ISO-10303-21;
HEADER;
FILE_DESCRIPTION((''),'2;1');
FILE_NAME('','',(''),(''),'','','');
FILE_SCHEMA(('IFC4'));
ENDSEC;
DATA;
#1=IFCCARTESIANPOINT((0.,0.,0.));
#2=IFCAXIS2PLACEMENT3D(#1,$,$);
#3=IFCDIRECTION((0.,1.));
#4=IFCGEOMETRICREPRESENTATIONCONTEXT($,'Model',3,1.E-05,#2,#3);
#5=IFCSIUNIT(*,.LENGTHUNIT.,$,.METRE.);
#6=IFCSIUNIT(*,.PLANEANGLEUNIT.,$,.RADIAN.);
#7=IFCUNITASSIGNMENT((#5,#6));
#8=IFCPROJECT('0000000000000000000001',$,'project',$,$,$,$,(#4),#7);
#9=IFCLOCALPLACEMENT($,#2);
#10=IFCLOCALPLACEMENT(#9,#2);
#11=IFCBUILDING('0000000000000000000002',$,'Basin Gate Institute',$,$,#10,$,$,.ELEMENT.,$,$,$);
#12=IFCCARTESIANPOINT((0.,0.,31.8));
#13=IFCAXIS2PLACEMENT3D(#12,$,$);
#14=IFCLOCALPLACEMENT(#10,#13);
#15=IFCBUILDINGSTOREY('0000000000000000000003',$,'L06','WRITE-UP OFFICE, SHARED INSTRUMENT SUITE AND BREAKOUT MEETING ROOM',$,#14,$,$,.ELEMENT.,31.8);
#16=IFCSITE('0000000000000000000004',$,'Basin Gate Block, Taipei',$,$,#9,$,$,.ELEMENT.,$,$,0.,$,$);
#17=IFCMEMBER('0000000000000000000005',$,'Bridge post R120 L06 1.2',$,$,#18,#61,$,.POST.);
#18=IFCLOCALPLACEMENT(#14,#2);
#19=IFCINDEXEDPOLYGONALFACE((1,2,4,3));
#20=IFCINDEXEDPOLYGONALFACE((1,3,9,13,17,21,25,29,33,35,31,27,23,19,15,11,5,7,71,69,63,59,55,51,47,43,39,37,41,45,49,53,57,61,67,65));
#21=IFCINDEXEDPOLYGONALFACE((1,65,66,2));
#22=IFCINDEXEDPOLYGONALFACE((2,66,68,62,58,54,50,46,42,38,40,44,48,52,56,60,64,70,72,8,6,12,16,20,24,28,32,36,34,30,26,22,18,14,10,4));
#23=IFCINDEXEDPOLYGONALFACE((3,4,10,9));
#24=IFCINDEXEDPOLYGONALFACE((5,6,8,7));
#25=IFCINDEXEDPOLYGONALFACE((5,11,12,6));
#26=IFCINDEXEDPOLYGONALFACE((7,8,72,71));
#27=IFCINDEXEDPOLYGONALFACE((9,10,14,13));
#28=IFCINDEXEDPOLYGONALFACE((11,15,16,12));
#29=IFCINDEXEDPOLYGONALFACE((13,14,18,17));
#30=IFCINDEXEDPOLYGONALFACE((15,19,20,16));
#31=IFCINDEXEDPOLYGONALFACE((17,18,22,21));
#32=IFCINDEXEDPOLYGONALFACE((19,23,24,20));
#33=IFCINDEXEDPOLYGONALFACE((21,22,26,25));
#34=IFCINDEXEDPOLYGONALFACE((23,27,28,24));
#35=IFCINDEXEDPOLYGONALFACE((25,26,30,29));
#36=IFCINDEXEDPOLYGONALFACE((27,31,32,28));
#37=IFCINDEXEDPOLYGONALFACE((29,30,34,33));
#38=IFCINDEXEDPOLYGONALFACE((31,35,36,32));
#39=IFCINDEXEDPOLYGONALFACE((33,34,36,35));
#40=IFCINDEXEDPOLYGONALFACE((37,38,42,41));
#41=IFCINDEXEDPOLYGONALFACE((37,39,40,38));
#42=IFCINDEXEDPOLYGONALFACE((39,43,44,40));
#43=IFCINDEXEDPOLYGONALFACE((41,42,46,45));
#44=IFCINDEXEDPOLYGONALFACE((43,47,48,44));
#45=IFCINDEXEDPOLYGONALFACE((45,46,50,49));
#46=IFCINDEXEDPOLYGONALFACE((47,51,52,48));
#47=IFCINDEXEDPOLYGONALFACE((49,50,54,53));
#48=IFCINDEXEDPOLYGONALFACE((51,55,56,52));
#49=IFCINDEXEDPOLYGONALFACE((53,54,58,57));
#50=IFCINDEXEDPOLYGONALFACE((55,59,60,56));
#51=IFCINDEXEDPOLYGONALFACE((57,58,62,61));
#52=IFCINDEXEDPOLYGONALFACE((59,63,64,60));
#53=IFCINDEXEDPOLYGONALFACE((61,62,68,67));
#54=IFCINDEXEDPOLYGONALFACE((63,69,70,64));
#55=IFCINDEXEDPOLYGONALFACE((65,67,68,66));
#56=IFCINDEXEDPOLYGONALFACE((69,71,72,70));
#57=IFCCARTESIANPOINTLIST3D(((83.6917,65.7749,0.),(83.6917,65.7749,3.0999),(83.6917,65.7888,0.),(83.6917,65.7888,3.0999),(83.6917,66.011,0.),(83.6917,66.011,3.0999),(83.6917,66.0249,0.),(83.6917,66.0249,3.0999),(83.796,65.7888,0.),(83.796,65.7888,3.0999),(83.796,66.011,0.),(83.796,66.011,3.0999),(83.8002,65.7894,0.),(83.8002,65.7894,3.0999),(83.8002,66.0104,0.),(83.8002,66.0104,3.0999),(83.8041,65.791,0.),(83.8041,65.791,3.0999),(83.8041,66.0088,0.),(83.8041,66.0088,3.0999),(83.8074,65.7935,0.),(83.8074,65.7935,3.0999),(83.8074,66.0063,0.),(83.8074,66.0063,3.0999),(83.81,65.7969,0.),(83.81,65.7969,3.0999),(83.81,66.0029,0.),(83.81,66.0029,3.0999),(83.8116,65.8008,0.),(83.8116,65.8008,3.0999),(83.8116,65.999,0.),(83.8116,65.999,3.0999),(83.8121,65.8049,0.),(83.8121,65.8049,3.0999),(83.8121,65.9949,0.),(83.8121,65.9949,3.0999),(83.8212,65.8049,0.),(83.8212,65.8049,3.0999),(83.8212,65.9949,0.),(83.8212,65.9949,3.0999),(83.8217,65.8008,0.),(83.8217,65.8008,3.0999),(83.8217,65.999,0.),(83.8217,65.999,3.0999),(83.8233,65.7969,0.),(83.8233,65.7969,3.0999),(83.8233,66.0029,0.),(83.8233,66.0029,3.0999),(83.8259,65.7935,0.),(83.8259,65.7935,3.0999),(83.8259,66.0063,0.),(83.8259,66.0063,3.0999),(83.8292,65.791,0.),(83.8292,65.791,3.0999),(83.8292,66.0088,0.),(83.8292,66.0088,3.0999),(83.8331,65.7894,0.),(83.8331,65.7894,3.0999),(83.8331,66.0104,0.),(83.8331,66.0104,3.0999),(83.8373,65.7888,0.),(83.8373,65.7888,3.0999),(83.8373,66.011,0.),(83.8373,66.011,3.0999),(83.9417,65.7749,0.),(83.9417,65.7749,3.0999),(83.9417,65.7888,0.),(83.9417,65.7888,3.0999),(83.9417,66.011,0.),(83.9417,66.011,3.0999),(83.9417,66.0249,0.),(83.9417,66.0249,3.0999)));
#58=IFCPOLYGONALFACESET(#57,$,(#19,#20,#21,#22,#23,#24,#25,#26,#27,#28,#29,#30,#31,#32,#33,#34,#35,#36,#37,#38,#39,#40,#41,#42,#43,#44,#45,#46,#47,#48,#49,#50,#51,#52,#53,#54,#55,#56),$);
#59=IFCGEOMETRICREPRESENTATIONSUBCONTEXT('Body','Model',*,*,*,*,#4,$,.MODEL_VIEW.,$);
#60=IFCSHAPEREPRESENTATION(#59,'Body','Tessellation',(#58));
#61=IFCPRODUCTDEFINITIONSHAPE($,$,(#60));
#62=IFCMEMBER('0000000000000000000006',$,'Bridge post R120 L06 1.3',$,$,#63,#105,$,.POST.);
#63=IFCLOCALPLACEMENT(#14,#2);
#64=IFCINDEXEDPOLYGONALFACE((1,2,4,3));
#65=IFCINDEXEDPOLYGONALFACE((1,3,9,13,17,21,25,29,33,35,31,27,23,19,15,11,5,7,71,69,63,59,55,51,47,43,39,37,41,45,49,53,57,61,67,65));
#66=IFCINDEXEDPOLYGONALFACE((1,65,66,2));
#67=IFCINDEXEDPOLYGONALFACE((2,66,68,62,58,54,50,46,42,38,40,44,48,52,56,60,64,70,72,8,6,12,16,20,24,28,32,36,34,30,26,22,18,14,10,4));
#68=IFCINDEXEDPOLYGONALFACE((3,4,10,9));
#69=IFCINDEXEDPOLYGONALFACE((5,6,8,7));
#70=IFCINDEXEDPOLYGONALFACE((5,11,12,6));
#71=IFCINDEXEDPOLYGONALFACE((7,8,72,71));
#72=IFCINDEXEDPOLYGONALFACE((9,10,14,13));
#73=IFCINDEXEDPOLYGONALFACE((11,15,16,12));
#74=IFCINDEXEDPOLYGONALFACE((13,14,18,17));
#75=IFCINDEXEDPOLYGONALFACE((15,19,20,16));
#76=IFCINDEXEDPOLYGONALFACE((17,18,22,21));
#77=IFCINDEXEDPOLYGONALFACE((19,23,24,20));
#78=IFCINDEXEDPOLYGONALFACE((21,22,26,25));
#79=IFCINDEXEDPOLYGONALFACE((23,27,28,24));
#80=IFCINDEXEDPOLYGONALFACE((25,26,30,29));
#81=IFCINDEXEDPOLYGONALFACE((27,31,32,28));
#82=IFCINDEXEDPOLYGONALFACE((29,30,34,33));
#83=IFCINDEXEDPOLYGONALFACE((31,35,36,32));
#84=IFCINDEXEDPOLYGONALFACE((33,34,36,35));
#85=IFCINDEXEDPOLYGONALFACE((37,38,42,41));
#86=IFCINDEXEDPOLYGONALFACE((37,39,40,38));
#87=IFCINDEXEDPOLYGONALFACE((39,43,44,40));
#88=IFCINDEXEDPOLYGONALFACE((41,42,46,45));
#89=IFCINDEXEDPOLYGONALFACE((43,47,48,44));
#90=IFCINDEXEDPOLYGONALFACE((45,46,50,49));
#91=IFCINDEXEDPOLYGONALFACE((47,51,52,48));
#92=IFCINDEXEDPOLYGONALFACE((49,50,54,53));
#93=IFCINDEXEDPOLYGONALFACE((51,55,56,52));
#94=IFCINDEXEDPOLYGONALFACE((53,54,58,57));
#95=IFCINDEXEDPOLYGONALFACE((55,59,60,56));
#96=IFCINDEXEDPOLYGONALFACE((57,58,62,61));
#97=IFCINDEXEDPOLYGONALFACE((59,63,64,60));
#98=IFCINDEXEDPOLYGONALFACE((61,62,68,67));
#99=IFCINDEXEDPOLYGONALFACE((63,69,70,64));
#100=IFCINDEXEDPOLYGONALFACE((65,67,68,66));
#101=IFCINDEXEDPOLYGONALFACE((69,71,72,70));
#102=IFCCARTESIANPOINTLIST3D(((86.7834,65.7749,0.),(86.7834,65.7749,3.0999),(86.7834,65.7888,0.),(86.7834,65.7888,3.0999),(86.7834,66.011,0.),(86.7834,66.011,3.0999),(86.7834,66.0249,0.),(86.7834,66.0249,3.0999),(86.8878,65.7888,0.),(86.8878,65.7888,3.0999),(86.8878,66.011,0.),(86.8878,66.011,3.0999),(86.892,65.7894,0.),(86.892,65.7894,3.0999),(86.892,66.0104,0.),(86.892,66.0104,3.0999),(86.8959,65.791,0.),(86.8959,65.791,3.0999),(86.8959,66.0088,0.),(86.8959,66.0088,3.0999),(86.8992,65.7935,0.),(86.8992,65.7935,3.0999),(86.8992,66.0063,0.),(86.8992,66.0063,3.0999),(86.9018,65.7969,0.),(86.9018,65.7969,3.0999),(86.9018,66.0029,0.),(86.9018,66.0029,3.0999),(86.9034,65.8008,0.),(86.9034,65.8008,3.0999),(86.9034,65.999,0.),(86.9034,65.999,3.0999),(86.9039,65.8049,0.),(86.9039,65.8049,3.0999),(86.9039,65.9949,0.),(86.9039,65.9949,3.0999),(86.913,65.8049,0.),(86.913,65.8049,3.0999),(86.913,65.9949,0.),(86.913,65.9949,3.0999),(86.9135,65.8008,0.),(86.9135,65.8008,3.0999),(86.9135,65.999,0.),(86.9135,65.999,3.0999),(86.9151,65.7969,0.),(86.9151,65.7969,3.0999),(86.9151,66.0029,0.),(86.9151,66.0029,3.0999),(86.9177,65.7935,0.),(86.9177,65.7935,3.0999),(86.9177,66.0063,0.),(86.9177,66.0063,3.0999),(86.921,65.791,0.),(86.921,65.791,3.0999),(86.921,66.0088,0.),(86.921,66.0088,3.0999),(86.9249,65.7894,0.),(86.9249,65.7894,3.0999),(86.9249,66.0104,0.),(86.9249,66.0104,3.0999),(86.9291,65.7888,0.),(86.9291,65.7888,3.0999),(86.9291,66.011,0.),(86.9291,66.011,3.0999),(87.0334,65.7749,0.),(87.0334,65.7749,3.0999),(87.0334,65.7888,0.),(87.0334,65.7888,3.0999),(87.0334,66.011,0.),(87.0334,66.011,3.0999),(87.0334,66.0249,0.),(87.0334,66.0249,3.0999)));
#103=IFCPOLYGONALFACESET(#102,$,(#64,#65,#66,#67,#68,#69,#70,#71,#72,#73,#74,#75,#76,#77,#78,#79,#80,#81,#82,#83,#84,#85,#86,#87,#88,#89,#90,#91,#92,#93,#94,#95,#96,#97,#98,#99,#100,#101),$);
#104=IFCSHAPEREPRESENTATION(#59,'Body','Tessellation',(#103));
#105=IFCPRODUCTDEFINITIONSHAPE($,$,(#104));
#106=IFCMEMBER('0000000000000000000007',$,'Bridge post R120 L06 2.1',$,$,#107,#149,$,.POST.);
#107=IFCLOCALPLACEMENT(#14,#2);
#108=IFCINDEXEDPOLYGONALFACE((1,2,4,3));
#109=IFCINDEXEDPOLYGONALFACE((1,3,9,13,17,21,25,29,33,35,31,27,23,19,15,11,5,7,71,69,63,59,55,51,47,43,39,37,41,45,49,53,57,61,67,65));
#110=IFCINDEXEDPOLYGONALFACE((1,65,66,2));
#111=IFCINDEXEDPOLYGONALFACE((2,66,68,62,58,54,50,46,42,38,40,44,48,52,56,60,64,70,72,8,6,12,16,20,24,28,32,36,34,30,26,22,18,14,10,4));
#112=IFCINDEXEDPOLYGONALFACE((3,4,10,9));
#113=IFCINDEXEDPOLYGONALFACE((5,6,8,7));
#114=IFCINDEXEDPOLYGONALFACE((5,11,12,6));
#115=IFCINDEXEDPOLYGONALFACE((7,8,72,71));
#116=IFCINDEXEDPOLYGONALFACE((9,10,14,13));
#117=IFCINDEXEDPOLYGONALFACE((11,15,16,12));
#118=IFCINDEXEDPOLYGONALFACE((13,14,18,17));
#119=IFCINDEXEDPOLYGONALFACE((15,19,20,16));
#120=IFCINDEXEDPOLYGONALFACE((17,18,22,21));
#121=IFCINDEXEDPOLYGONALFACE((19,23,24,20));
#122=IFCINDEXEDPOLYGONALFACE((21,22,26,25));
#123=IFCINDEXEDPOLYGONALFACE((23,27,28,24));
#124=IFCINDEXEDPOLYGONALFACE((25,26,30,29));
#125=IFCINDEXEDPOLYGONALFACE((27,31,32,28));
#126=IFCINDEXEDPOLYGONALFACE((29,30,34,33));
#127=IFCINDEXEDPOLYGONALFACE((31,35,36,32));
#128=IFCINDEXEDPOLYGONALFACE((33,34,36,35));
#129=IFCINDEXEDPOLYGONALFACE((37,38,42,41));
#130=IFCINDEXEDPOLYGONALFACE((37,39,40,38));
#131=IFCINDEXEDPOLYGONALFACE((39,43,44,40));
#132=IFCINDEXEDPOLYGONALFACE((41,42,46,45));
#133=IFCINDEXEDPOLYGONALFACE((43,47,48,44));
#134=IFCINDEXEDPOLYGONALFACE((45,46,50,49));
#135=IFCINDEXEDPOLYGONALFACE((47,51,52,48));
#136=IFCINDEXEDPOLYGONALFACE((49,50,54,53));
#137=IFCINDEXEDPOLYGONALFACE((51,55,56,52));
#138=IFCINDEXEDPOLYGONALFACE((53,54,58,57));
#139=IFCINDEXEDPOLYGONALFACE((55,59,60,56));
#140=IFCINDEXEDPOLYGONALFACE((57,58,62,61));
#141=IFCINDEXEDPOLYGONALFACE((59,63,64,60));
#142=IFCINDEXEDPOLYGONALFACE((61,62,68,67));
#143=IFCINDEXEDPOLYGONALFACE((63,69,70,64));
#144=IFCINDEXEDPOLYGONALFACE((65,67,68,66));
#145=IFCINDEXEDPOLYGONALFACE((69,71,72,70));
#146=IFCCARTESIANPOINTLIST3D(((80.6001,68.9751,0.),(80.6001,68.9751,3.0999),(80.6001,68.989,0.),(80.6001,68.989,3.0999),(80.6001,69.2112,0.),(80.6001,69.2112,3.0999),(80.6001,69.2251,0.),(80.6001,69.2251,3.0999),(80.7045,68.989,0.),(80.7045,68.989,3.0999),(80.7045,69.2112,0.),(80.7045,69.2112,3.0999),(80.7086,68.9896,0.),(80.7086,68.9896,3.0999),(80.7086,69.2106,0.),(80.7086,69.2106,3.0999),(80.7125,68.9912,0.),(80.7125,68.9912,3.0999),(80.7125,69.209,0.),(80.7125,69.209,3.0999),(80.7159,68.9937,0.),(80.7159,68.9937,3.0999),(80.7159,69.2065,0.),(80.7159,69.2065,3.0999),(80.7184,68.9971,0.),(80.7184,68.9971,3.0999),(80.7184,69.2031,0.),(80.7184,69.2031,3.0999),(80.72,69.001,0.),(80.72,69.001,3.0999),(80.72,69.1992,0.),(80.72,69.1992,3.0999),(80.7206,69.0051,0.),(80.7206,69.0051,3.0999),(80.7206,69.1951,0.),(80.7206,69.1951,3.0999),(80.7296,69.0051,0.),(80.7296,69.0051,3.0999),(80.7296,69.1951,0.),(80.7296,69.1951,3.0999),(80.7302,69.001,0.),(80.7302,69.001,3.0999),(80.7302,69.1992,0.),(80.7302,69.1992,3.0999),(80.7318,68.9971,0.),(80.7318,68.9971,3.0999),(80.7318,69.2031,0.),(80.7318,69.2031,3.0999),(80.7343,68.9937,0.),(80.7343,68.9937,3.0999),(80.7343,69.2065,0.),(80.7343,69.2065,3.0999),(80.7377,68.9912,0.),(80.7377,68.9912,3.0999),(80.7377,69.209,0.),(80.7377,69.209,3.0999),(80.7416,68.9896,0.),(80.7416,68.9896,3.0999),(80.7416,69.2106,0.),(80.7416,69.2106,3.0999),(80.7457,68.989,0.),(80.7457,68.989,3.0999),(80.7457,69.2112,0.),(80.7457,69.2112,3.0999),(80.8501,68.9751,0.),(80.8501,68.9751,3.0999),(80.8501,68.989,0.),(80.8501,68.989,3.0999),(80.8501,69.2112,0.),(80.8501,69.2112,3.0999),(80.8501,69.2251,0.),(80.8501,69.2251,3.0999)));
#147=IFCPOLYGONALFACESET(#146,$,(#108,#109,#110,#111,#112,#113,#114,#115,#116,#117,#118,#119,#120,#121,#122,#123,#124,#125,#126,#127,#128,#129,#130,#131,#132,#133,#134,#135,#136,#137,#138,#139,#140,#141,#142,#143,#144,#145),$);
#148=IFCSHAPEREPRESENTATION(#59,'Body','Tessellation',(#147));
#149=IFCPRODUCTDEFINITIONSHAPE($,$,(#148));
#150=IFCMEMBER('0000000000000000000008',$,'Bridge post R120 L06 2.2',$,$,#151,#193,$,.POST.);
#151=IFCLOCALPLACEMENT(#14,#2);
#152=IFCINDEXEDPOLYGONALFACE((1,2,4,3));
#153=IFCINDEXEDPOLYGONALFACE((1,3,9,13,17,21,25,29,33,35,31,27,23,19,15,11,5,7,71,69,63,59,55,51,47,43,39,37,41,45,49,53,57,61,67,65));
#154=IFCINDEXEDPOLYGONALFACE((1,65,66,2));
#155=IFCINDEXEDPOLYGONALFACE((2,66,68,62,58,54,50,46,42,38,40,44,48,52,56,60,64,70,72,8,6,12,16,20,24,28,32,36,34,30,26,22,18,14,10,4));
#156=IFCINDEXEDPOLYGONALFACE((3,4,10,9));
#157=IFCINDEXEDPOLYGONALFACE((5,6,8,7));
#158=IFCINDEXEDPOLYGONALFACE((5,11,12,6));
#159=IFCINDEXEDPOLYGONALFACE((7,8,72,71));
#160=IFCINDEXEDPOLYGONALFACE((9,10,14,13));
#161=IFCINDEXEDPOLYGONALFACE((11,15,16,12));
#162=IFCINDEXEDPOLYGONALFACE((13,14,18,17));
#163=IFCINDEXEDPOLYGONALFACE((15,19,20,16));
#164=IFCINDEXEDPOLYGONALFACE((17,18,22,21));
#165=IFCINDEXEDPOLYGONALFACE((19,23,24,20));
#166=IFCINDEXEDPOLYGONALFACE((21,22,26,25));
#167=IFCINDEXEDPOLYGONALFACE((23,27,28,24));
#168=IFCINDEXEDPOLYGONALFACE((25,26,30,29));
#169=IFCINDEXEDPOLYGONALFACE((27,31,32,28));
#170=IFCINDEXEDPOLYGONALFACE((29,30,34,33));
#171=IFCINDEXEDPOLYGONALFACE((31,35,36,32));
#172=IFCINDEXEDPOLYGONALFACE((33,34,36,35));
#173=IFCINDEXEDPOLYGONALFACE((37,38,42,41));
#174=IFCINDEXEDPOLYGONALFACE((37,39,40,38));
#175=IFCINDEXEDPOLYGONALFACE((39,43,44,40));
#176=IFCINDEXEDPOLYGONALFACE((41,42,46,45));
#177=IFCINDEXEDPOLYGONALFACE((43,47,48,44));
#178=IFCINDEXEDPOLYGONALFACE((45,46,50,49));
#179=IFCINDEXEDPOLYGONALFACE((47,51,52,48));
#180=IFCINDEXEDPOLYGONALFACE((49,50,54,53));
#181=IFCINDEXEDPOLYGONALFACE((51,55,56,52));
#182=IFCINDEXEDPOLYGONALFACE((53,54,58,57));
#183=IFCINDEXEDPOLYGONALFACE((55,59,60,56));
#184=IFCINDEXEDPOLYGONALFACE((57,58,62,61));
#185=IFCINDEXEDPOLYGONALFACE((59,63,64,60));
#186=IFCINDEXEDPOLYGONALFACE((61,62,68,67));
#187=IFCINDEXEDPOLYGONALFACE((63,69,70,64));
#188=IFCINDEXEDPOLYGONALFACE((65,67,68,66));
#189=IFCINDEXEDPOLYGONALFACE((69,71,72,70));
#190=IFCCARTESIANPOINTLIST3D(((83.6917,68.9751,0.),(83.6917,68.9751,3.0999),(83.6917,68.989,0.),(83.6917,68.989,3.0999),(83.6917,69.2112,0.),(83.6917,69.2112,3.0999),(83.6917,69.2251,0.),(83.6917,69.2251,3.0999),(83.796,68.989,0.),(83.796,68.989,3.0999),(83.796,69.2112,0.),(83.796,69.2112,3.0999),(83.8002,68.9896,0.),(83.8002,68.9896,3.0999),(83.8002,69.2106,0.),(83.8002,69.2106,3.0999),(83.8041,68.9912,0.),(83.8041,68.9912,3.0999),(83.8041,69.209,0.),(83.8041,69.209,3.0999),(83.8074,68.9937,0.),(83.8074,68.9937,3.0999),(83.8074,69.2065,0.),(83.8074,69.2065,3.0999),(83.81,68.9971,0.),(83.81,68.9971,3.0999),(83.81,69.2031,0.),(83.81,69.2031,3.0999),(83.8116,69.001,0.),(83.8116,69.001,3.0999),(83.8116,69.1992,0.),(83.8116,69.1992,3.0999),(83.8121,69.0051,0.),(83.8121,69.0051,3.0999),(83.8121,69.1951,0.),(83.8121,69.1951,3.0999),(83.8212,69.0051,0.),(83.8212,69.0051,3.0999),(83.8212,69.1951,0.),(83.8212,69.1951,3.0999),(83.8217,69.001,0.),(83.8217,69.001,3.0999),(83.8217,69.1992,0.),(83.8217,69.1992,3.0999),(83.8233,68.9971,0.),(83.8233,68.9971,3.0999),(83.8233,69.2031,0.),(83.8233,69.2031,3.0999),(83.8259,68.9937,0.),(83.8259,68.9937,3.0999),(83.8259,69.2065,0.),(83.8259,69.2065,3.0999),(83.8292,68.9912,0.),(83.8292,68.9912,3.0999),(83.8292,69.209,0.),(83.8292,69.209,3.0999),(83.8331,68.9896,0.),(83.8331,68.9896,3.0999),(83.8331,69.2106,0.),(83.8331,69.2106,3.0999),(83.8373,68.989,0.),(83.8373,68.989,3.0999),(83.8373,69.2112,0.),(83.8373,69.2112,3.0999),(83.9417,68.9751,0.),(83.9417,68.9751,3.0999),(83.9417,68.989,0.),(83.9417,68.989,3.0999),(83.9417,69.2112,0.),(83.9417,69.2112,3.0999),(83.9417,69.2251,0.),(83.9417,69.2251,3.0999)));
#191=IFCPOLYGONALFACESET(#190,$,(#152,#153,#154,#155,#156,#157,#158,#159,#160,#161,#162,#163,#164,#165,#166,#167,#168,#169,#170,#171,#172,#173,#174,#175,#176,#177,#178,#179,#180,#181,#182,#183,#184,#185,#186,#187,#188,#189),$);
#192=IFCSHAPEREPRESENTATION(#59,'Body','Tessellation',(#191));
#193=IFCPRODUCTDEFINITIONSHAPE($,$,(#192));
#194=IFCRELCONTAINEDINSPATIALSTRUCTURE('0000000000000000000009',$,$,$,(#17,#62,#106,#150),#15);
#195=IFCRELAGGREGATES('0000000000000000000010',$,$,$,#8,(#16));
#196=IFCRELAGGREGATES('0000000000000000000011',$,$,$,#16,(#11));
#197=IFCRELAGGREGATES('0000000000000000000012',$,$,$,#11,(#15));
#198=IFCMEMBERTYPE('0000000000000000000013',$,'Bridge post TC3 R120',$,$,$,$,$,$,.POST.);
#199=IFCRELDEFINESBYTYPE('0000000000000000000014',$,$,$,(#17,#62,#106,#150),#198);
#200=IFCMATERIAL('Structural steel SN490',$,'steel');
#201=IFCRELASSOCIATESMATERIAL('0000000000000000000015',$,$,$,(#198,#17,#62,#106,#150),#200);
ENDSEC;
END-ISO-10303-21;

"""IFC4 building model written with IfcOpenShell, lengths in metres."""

from ifc_helpers import new_model, si_unit, direction, frame, origin, origin_2d, place, context, subcontext, project, spatial, i_section, extrude, material, material_profile, profile_set, type_object, element, save


model = new_model("IFC4")

# Units and contexts
model_context = context("Model", 3, precision=1e-05, world=origin(), true_north=direction((0.0, 1.0)))
body_context = subcontext(model_context, "Body", "Model", "MODEL_VIEW")
ifc_project = project(units=[si_unit("LENGTHUNIT", "METRE"), si_unit("PLANEANGLEUNIT", "RADIAN")], contexts=[model_context])

# Site, building, storey
site_placement = place(None, origin())
site = spatial("IfcSite", under=ifc_project, at=site_placement, Name="Basin Gate Block, Taipei", CompositionType="ELEMENT", RefElevation=0.0)
building_placement = place(site_placement, origin())
building = spatial("IfcBuilding", under=site, at=building_placement, Name="Basin Gate Institute", CompositionType="ELEMENT")
storey_placement = place(building_placement, frame((0.0, 0.0, 31.8)))
storey = spatial("IfcBuildingStorey", under=building, at=storey_placement, Name="L06", Description="WRITE-UP OFFICE, SHARED INSTRUMENT SUITE AND BREAKOUT MEETING ROOM", CompositionType="ELEMENT", Elevation=31.8)

# Members
ifc_material_1 = material(Name="Structural steel SN490", Category="steel")
ifc_material_profile_1 = material_profile(ifc_material_1, i_section(OverallWidth=0.25, OverallDepth=0.25, WebThickness=0.009, FlangeThickness=0.0139, FilletRadius=0.0161, at=origin_2d()), Name="H250x250")
ifc_profile_set_1 = profile_set([ifc_material_profile_1], Name="Structural steel SN490")
member_type_1 = type_object("IfcMemberType", Name="Bridge post TC3 R120", PredefinedType="POST", material=ifc_profile_set_1)
for number, where, z_axis, x_axis, name in (
    (1, (83.8167, 65.8999, 0.0), (0.0, 0.0, 1.0), (1.0, 0.0, 0.0), "Bridge post R120 L06 1.2"),
    (2, (86.9084, 65.8999, 0.0), (0.0, 0.0, 1.0), (1.0, 0.0, 0.0), "Bridge post R120 L06 1.3"),
    (3, (80.7251, 69.1001, 0.0), (0.0, 0.0, 1.0), (1.0, 0.0, 0.0), "Bridge post R120 L06 2.1"),
    (4, (83.8167, 69.1001, 0.0), (0.0, 0.0, 1.0), (1.0, 0.0, 0.0), "Bridge post R120 L06 2.2"),
):
    element("IfcMember", number, at=place(storey_placement, frame(where, z_axis=z_axis, x_axis=x_axis)), inside=storey, type_object=member_type_1, material=ifc_profile_set_1, Name=name, PredefinedType="POST", context=body_context, shape_type="SweptSolid", body=[
        extrude(i_section(OverallWidth=0.25, OverallDepth=0.25, WebThickness=0.009, FlangeThickness=0.0139, FilletRadius=0.0161, at=origin_2d()), origin(), (0.0, 0.0, 1.0), 3.0999),
    ])

save(model, "model.ifc")
